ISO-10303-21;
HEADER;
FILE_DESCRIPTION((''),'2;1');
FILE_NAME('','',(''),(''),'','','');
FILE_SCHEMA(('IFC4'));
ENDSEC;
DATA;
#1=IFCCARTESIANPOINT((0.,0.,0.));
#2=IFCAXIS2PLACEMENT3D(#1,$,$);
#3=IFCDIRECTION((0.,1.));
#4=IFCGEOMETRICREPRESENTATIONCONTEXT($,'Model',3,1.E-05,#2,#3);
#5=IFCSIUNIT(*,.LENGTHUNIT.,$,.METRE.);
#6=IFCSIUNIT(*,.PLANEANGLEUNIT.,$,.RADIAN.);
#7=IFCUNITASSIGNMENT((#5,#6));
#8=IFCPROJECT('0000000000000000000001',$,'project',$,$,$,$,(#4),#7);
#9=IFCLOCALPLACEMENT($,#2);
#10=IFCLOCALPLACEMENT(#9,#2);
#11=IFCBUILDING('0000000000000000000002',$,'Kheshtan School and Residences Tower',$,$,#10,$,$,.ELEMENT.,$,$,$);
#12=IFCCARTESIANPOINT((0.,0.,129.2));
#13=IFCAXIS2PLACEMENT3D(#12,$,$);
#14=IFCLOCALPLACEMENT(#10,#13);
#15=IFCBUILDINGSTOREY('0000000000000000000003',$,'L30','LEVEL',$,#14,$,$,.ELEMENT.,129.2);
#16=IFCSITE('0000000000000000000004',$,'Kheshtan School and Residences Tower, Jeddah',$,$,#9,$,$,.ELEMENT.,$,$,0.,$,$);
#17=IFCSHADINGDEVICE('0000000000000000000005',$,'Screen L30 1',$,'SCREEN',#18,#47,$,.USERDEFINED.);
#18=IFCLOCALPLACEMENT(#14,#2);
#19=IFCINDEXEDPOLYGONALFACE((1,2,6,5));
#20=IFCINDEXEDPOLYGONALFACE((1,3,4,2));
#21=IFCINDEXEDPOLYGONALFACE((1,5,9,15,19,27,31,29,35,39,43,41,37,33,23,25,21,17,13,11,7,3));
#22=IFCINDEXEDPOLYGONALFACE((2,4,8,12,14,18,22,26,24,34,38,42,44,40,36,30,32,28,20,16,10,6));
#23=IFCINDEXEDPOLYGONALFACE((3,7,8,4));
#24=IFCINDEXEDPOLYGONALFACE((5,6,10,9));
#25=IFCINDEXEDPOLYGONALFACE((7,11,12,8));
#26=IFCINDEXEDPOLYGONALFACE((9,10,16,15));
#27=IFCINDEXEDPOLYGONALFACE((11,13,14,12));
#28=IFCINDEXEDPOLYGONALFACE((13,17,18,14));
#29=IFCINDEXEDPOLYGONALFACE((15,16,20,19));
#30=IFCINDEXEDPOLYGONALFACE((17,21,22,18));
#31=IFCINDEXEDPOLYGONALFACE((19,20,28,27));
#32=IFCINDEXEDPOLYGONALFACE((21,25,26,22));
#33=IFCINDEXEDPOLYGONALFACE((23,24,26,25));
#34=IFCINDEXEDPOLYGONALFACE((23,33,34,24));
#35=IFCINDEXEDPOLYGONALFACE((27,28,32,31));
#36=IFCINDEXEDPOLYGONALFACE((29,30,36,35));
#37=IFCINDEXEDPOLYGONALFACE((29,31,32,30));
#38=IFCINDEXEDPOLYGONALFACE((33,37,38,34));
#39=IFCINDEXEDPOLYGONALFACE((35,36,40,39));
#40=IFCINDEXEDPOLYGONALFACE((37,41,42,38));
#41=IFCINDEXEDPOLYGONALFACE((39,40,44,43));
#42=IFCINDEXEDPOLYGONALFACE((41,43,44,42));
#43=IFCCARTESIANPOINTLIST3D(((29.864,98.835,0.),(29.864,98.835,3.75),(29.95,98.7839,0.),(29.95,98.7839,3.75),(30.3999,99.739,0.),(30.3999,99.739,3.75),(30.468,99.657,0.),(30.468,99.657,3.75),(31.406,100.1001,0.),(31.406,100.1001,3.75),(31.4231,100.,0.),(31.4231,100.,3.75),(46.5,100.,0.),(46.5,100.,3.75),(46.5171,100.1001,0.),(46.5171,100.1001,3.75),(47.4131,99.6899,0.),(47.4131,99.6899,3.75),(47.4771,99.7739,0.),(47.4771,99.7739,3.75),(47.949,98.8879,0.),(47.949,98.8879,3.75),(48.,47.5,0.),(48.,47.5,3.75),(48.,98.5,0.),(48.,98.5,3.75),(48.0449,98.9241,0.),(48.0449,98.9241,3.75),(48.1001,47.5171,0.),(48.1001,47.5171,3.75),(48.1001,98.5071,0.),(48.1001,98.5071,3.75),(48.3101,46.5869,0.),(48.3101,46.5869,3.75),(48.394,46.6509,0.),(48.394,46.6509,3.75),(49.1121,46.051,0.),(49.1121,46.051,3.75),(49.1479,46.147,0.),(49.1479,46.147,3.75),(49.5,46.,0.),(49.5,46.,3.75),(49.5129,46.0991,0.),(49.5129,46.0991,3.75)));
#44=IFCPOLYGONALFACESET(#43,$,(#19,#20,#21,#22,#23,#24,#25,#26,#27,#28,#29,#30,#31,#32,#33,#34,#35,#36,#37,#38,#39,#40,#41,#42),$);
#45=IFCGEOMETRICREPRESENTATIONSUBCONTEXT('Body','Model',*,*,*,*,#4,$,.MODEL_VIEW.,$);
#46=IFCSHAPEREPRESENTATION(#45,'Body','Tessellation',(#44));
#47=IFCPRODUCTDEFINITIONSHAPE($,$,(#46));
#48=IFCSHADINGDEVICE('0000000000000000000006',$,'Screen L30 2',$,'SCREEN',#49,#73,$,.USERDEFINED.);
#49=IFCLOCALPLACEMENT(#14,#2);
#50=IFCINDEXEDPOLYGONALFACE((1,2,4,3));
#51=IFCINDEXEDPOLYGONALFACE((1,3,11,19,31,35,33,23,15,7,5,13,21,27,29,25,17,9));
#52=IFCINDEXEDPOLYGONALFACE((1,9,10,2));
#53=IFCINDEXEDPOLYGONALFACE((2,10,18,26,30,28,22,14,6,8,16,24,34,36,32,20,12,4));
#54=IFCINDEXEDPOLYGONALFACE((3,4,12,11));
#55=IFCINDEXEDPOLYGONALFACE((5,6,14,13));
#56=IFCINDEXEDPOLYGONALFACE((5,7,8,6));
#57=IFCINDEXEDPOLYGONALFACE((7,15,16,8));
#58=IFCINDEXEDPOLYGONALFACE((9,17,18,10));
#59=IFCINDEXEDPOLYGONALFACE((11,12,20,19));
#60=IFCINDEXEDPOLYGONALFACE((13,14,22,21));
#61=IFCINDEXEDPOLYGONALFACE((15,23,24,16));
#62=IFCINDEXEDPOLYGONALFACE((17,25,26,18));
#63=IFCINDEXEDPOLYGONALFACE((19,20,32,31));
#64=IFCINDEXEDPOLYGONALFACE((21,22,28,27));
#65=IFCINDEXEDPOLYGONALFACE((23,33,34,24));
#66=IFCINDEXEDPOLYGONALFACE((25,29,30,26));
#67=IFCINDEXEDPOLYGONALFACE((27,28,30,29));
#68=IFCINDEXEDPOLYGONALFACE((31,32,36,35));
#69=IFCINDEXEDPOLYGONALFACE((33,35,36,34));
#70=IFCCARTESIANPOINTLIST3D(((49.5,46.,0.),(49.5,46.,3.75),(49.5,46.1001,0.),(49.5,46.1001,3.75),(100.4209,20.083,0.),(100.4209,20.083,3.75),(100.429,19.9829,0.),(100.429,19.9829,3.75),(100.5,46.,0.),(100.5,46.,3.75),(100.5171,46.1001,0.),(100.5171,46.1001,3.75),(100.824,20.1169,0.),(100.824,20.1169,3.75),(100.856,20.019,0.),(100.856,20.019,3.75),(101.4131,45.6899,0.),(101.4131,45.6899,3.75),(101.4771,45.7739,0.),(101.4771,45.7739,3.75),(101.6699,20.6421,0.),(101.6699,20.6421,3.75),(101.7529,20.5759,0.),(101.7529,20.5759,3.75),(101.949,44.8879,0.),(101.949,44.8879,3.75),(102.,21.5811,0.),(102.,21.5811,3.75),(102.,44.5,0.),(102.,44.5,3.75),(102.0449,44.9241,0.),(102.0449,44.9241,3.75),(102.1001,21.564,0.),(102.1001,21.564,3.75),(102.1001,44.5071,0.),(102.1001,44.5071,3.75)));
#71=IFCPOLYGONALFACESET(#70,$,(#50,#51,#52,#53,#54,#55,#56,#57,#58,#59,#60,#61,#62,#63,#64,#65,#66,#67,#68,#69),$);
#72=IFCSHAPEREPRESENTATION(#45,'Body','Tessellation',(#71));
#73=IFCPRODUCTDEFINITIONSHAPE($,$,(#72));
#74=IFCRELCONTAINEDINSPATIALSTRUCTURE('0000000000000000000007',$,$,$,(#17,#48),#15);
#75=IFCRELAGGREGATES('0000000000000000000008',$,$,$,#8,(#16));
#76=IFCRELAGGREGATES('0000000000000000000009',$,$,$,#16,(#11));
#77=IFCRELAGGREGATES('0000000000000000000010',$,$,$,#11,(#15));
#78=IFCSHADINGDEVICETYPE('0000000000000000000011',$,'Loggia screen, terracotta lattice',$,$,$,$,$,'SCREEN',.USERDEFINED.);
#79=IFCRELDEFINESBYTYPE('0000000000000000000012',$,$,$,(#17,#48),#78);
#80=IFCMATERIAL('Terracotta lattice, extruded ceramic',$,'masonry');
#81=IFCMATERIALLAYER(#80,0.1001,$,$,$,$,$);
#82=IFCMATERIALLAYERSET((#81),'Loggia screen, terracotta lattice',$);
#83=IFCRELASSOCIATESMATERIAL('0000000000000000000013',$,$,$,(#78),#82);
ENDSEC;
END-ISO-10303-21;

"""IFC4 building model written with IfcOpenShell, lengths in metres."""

from ifc_helpers import new_model, si_unit, direction, frame, origin, place, context, subcontext, project, spatial, polyline, outline, extrude, material, layer, layer_set, type_object, element, save


model = new_model("IFC4")

# Units and contexts
model_context = context("Model", 3, precision=1e-05, world=origin(), true_north=direction((0.0, 1.0)))
body_context = subcontext(model_context, "Body", "Model", "MODEL_VIEW")
ifc_project = project(units=[si_unit("LENGTHUNIT", "METRE"), si_unit("PLANEANGLEUNIT", "RADIAN")], contexts=[model_context])

# Site, building, storey
site_placement = place(None, origin())
site = spatial("IfcSite", under=ifc_project, at=site_placement, Name="Kheshtan School and Residences Tower, Jeddah", CompositionType="ELEMENT", RefElevation=0.0)
building_placement = place(site_placement, origin())
building = spatial("IfcBuilding", under=site, at=building_placement, Name="Kheshtan School and Residences Tower", CompositionType="ELEMENT")
storey_placement = place(building_placement, frame((0.0, 0.0, 129.2)))
storey = spatial("IfcBuildingStorey", under=building, at=storey_placement, Name="L30", Description="LEVEL", CompositionType="ELEMENT", Elevation=129.2)

# Shading devices
ifc_material_1 = material(Name="Terracotta lattice, extruded ceramic", Category="masonry")
ifc_layer_1 = layer(ifc_material_1, 0.1001)
ifc_layer_set_1 = layer_set([ifc_layer_1], Name="Loggia screen, terracotta lattice")
shading_device_type_1 = type_object("IfcShadingDeviceType", Name="Loggia screen, terracotta lattice", ElementType="SCREEN", PredefinedType="USERDEFINED", material=ifc_layer_set_1)
shading_device_1_placement = place(storey_placement, origin())
element("IfcShadingDevice", 1, at=shading_device_1_placement, inside=storey, type_object=shading_device_type_1, Name="Screen L30 1", ObjectType="SCREEN", PredefinedType="USERDEFINED", context=body_context, shape_type="SweptSolid", body=[
    extrude(outline(polyline([(29.95, 98.7839), (30.468, 99.657), (31.4231, 100.0), (46.5, 100.0), (47.4131, 99.6899), (47.949, 98.8879), (48.0, 98.5), (48.0, 47.5), (48.3101, 46.5869), (49.1121, 46.051), (49.5, 46.0), (49.5129, 46.0991), (49.1479, 46.147), (48.394, 46.6509), (48.1001, 47.5171), (48.1001, 98.5071), (48.0449, 98.9241), (47.4771, 99.7739), (46.5171, 100.1001), (31.406, 100.1001), (30.3999, 99.739), (29.864, 98.835), (29.95, 98.7839)])), origin(), (0.0, 0.0, 1.0), 3.75),
])
shading_device_2_placement = place(storey_placement, origin())
element("IfcShadingDevice", 2, at=shading_device_2_placement, inside=storey, type_object=shading_device_type_1, Name="Screen L30 2", ObjectType="SCREEN", PredefinedType="USERDEFINED", context=body_context, shape_type="SweptSolid", body=[
    extrude(outline(polyline([(49.5, 46.0), (100.5, 46.0), (101.4131, 45.6899), (101.949, 44.8879), (102.0, 44.5), (102.0, 21.5811), (101.6699, 20.6421), (100.824, 20.1169), (100.4209, 20.083), (100.429, 19.9829), (100.856, 20.019), (101.7529, 20.5759), (102.1001, 21.564), (102.1001, 44.5071), (102.0449, 44.9241), (101.4771, 45.7739), (100.5171, 46.1001), (49.5, 46.1001), (49.5, 46.0)])), origin(), (0.0, 0.0, 1.0), 3.75),
])

save(model, "model.ifc")
